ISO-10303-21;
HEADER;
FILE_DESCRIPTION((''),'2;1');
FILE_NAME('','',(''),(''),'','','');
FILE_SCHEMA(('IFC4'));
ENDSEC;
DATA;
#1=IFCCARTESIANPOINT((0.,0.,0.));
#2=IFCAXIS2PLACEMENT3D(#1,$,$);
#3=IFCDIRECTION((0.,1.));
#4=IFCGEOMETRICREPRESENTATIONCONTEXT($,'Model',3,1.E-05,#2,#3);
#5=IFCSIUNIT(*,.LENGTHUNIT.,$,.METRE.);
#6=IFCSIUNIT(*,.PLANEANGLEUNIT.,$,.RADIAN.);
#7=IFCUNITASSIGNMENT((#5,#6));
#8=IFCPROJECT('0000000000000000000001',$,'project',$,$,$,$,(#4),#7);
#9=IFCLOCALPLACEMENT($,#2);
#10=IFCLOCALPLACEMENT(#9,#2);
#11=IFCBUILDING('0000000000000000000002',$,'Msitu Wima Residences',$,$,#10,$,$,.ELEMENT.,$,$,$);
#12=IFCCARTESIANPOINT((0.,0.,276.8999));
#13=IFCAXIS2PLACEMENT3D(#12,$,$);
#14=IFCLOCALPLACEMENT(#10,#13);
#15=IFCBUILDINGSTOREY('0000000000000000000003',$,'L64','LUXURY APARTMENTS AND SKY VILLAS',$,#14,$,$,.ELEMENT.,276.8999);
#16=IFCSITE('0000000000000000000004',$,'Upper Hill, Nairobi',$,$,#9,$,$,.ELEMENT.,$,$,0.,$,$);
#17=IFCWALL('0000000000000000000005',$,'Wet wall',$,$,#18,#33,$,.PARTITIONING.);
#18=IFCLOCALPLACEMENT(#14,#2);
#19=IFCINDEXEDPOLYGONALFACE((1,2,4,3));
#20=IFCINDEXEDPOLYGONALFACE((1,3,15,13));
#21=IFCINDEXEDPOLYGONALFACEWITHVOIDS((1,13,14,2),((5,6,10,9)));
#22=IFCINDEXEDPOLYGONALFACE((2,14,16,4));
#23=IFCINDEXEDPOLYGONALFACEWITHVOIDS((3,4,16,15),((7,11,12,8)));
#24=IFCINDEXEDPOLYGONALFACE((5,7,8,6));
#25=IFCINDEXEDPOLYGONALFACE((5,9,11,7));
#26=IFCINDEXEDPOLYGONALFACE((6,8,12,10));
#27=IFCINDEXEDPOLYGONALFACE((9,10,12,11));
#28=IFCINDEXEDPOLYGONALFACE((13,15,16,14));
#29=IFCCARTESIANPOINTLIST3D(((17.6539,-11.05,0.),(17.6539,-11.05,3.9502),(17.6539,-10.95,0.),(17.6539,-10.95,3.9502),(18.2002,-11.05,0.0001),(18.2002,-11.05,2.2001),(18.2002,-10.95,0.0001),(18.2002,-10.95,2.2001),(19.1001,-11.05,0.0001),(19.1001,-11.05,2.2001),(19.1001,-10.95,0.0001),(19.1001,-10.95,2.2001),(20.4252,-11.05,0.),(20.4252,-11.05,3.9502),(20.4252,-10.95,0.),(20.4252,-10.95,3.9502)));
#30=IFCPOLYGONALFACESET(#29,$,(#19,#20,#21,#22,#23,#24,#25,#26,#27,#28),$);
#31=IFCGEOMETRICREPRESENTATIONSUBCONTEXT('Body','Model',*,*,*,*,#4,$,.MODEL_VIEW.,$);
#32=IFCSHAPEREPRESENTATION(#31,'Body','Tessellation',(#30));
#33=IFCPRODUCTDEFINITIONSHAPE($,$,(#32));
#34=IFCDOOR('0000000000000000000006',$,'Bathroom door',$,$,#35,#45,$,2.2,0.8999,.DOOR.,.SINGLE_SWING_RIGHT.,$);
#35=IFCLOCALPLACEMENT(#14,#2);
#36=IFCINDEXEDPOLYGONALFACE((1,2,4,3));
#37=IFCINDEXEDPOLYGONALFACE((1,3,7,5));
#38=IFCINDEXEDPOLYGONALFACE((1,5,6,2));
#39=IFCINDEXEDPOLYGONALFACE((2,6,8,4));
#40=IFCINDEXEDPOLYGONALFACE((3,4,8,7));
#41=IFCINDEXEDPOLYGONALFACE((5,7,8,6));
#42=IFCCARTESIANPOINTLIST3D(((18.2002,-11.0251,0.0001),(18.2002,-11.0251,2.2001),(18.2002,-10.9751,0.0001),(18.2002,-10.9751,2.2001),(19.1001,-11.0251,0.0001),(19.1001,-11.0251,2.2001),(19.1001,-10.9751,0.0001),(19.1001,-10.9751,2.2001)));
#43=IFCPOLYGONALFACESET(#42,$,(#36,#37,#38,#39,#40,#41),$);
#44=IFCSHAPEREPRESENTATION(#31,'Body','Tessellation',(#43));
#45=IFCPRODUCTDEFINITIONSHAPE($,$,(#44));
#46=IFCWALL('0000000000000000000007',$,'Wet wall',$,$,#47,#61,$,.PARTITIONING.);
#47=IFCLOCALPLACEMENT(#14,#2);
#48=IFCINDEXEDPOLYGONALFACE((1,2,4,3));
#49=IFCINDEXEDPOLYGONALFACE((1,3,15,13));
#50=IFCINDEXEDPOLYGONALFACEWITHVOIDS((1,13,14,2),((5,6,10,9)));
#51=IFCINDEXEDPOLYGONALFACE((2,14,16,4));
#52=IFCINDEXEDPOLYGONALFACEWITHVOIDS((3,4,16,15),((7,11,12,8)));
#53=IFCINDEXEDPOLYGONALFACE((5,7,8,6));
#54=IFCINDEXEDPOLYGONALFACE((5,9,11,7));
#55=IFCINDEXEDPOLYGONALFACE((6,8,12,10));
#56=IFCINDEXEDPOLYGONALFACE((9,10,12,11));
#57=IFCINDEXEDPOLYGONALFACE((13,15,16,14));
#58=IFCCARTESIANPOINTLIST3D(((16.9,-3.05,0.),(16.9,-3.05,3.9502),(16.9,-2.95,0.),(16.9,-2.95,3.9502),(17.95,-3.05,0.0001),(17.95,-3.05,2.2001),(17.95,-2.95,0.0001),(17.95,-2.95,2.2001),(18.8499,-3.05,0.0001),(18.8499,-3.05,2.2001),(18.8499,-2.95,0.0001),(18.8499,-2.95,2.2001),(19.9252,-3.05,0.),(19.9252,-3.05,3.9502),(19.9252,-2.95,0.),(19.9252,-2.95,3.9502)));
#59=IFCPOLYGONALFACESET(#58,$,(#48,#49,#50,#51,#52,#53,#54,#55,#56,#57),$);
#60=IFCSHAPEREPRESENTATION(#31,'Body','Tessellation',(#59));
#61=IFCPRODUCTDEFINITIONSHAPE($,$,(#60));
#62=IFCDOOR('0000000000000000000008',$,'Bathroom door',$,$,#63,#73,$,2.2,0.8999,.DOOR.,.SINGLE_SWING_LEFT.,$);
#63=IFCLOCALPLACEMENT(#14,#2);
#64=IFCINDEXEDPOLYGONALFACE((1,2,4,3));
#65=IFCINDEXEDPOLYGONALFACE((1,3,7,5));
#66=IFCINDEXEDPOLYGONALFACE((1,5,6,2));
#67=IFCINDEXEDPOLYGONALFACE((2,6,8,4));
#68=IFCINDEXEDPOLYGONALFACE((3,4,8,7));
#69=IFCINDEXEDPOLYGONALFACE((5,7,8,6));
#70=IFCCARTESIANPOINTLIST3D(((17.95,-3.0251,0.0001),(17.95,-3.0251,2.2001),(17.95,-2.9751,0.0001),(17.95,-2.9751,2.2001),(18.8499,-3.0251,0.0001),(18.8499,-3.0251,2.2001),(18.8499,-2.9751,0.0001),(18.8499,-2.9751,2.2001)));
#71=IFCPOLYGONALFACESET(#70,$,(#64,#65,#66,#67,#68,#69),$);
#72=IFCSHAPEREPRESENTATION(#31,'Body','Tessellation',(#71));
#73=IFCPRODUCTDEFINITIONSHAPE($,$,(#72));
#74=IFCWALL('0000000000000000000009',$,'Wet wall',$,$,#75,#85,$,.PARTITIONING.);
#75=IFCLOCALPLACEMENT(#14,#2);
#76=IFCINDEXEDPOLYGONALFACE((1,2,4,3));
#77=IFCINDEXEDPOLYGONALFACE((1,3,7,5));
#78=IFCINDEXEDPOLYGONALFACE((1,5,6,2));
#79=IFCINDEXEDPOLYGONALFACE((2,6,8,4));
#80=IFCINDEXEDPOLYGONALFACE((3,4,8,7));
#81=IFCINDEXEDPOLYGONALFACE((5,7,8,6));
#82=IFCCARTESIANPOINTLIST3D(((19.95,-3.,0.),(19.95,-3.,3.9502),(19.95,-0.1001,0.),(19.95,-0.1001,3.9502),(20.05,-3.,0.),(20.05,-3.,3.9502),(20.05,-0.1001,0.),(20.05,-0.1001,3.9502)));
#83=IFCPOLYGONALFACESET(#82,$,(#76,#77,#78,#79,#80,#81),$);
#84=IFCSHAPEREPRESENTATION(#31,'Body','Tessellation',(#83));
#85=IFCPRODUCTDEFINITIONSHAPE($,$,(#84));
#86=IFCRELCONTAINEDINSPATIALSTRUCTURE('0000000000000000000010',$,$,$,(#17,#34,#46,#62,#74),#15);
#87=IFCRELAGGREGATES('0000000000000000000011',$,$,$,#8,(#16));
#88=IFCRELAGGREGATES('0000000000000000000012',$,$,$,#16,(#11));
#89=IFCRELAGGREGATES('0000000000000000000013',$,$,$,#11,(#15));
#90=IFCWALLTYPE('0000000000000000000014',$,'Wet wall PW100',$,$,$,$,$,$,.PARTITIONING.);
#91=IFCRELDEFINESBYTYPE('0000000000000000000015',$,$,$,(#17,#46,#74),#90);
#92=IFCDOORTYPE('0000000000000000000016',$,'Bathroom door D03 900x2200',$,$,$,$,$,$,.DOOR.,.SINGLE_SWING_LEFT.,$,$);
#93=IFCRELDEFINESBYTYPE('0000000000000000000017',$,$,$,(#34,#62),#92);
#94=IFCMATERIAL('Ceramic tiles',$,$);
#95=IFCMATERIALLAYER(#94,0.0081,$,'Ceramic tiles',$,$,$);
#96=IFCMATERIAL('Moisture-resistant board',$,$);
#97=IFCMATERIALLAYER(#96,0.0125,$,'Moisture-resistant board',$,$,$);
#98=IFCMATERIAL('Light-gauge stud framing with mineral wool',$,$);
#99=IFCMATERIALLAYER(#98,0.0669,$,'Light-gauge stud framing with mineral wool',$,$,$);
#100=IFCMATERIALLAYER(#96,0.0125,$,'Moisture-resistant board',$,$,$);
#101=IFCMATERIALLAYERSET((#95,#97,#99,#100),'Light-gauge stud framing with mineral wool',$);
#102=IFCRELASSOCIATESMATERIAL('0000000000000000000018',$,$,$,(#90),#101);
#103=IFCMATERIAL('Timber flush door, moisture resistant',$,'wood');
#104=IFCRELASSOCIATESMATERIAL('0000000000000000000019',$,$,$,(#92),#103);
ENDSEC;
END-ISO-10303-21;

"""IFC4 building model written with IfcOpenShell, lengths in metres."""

from ifc_helpers import new_model, si_unit, direction, frame, frame_2d, origin, place, context, subcontext, project, spatial, rectangle, extrude, material, layer, layer_set, type_object, element, fill, save


model = new_model("IFC4")

# Units and contexts
model_context = context("Model", 3, precision=1e-05, world=origin(), true_north=direction((0.0, 1.0)))
body_context = subcontext(model_context, "Body", "Model", "MODEL_VIEW")
ifc_project = project(units=[si_unit("LENGTHUNIT", "METRE"), si_unit("PLANEANGLEUNIT", "RADIAN")], contexts=[model_context])

# Site, building, storey
site_placement = place(None, origin())
site = spatial("IfcSite", under=ifc_project, at=site_placement, Name="Upper Hill, Nairobi", CompositionType="ELEMENT", RefElevation=0.0)
building_placement = place(site_placement, origin())
building = spatial("IfcBuilding", under=site, at=building_placement, Name="Msitu Wima Residences", CompositionType="ELEMENT")
storey_placement = place(building_placement, frame((0.0, 0.0, 276.8999)))
storey = spatial("IfcBuildingStorey", under=building, at=storey_placement, Name="L64", Description="LUXURY APARTMENTS AND SKY VILLAS", CompositionType="ELEMENT", Elevation=276.8999)

# Shared definitions
ifc_material_1 = material(Name="Ceramic tiles")
ifc_layer_1 = layer(ifc_material_1, 0.0081, Name="Ceramic tiles")
ifc_material_2 = material(Name="Moisture-resistant board")
ifc_layer_2 = layer(ifc_material_2, 0.0125, Name="Moisture-resistant board")
ifc_material_3 = material(Name="Light-gauge stud framing with mineral wool")
ifc_layer_3 = layer(ifc_material_3, 0.0669, Name="Light-gauge stud framing with mineral wool")
ifc_layer_4 = layer(ifc_material_2, 0.0125, Name="Moisture-resistant board")
ifc_layer_set_1 = layer_set([ifc_layer_1, ifc_layer_2, ifc_layer_3, ifc_layer_4], Name="Light-gauge stud framing with mineral wool")
wall_type_1 = type_object("IfcWallType", Name="Wet wall PW100", PredefinedType="PARTITIONING", material=ifc_layer_set_1)

# Walls, openings, doors
wall_1_placement = place(storey_placement, frame((17.6538, -11.0, 0.0), z_axis=(0.0, 0.0, 1.0), x_axis=(1.0, 0.0, 0.0)))
wall_1 = element("IfcWall", 1, at=wall_1_placement, inside=storey, type_object=wall_type_1, Name="Wet wall", PredefinedType="PARTITIONING", context=body_context, shape_type="SweptSolid", body=[
    extrude(rectangle(XDim=2.7712, YDim=0.1001, at=frame_2d((1.3857, 0.0))), origin(), (0.0, 0.0, 1.0), 3.9502),
])
opening_1_placement = place(wall_1_placement, frame((0.5464, 0.0, 0.0)))
opening_1 = element("IfcOpeningElement", 2, at=opening_1_placement, cuts=wall_1, PredefinedType="OPENING", context=body_context, shape_type="SweptSolid", body=[
    extrude(rectangle(XDim=0.8999, YDim=2.2, at=frame_2d((0.45, 1.1001))), frame((0.0, 0.0601, 0.0), z_axis=(0.0, -1.0, 0.0), x_axis=(1.0, 0.0, 0.0)), (0.0, 0.0, 1.0), 0.1201),
])
ifc_material_4 = material(Name="Timber flush door, moisture resistant", Category="wood")
door_type_1 = type_object("IfcDoorType", Name="Bathroom door D03 900x2200", OperationType="SINGLE_SWING_LEFT", PredefinedType="DOOR", material=ifc_material_4)
door_1_placement = place(opening_1_placement, origin())
door_1 = element("IfcDoor", 3, at=door_1_placement, inside=storey, type_object=door_type_1, Name="Bathroom door", OperationType="SINGLE_SWING_RIGHT", OverallHeight=2.2, OverallWidth=0.8999, PredefinedType="DOOR", context=body_context, shape_type="SweptSolid", body=[
    extrude(rectangle(XDim=0.8999, YDim=2.2, at=frame_2d((0.45, 1.1001))), frame((0.0, 0.0249, 0.0), z_axis=(0.0, -1.0, 0.0), x_axis=(1.0, 0.0, 0.0)), (0.0, 0.0, 1.0), 0.05),
])
fill(opening_1, door_1)
wall_2_placement = place(storey_placement, frame((16.8999, -3.0, 0.0), z_axis=(0.0, 0.0, 1.0), x_axis=(1.0, 0.0, 0.0)))
wall_2 = element("IfcWall", 4, at=wall_2_placement, inside=storey, type_object=wall_type_1, Name="Wet wall", PredefinedType="PARTITIONING", context=body_context, shape_type="SweptSolid", body=[
    extrude(rectangle(XDim=3.0251, YDim=0.1001, at=frame_2d((1.5127, 0.0))), origin(), (0.0, 0.0, 1.0), 3.9502),
])
opening_2_placement = place(wall_2_placement, frame((1.05, 0.0, 0.0)))
opening_2 = element("IfcOpeningElement", 5, at=opening_2_placement, cuts=wall_2, PredefinedType="OPENING", context=body_context, shape_type="SweptSolid", body=[
    extrude(rectangle(XDim=0.8999, YDim=2.2, at=frame_2d((0.45, 1.1001))), frame((0.0, 0.0601, 0.0), z_axis=(0.0, -1.0, 0.0), x_axis=(1.0, 0.0, 0.0)), (0.0, 0.0, 1.0), 0.1201),
])
door_2_placement = place(opening_2_placement, origin())
door_2 = element("IfcDoor", 6, at=door_2_placement, inside=storey, type_object=door_type_1, Name="Bathroom door", OperationType="SINGLE_SWING_LEFT", OverallHeight=2.2, OverallWidth=0.8999, PredefinedType="DOOR", context=body_context, shape_type="SweptSolid", body=[
    extrude(rectangle(XDim=0.8999, YDim=2.2, at=frame_2d((0.45, 1.1001))), frame((0.0, 0.0249, 0.0), z_axis=(0.0, -1.0, 0.0), x_axis=(1.0, 0.0, 0.0)), (0.0, 0.0, 1.0), 0.05),
])
fill(opening_2, door_2)

# Wall
wall_3_placement = place(storey_placement, frame((20.0, -3.0, 0.0), z_axis=(0.0, 0.0, 1.0), x_axis=(0.0, 1.0, 0.0)))
element("IfcWall", 7, at=wall_3_placement, inside=storey, type_object=wall_type_1, Name="Wet wall", PredefinedType="PARTITIONING", context=body_context, shape_type="SweptSolid", body=[
    extrude(rectangle(XDim=2.8999, YDim=0.1001, at=frame_2d((1.45, 0.0))), origin(), (0.0, 0.0, 1.0), 3.9502),
])

save(model, "model.ifc")
